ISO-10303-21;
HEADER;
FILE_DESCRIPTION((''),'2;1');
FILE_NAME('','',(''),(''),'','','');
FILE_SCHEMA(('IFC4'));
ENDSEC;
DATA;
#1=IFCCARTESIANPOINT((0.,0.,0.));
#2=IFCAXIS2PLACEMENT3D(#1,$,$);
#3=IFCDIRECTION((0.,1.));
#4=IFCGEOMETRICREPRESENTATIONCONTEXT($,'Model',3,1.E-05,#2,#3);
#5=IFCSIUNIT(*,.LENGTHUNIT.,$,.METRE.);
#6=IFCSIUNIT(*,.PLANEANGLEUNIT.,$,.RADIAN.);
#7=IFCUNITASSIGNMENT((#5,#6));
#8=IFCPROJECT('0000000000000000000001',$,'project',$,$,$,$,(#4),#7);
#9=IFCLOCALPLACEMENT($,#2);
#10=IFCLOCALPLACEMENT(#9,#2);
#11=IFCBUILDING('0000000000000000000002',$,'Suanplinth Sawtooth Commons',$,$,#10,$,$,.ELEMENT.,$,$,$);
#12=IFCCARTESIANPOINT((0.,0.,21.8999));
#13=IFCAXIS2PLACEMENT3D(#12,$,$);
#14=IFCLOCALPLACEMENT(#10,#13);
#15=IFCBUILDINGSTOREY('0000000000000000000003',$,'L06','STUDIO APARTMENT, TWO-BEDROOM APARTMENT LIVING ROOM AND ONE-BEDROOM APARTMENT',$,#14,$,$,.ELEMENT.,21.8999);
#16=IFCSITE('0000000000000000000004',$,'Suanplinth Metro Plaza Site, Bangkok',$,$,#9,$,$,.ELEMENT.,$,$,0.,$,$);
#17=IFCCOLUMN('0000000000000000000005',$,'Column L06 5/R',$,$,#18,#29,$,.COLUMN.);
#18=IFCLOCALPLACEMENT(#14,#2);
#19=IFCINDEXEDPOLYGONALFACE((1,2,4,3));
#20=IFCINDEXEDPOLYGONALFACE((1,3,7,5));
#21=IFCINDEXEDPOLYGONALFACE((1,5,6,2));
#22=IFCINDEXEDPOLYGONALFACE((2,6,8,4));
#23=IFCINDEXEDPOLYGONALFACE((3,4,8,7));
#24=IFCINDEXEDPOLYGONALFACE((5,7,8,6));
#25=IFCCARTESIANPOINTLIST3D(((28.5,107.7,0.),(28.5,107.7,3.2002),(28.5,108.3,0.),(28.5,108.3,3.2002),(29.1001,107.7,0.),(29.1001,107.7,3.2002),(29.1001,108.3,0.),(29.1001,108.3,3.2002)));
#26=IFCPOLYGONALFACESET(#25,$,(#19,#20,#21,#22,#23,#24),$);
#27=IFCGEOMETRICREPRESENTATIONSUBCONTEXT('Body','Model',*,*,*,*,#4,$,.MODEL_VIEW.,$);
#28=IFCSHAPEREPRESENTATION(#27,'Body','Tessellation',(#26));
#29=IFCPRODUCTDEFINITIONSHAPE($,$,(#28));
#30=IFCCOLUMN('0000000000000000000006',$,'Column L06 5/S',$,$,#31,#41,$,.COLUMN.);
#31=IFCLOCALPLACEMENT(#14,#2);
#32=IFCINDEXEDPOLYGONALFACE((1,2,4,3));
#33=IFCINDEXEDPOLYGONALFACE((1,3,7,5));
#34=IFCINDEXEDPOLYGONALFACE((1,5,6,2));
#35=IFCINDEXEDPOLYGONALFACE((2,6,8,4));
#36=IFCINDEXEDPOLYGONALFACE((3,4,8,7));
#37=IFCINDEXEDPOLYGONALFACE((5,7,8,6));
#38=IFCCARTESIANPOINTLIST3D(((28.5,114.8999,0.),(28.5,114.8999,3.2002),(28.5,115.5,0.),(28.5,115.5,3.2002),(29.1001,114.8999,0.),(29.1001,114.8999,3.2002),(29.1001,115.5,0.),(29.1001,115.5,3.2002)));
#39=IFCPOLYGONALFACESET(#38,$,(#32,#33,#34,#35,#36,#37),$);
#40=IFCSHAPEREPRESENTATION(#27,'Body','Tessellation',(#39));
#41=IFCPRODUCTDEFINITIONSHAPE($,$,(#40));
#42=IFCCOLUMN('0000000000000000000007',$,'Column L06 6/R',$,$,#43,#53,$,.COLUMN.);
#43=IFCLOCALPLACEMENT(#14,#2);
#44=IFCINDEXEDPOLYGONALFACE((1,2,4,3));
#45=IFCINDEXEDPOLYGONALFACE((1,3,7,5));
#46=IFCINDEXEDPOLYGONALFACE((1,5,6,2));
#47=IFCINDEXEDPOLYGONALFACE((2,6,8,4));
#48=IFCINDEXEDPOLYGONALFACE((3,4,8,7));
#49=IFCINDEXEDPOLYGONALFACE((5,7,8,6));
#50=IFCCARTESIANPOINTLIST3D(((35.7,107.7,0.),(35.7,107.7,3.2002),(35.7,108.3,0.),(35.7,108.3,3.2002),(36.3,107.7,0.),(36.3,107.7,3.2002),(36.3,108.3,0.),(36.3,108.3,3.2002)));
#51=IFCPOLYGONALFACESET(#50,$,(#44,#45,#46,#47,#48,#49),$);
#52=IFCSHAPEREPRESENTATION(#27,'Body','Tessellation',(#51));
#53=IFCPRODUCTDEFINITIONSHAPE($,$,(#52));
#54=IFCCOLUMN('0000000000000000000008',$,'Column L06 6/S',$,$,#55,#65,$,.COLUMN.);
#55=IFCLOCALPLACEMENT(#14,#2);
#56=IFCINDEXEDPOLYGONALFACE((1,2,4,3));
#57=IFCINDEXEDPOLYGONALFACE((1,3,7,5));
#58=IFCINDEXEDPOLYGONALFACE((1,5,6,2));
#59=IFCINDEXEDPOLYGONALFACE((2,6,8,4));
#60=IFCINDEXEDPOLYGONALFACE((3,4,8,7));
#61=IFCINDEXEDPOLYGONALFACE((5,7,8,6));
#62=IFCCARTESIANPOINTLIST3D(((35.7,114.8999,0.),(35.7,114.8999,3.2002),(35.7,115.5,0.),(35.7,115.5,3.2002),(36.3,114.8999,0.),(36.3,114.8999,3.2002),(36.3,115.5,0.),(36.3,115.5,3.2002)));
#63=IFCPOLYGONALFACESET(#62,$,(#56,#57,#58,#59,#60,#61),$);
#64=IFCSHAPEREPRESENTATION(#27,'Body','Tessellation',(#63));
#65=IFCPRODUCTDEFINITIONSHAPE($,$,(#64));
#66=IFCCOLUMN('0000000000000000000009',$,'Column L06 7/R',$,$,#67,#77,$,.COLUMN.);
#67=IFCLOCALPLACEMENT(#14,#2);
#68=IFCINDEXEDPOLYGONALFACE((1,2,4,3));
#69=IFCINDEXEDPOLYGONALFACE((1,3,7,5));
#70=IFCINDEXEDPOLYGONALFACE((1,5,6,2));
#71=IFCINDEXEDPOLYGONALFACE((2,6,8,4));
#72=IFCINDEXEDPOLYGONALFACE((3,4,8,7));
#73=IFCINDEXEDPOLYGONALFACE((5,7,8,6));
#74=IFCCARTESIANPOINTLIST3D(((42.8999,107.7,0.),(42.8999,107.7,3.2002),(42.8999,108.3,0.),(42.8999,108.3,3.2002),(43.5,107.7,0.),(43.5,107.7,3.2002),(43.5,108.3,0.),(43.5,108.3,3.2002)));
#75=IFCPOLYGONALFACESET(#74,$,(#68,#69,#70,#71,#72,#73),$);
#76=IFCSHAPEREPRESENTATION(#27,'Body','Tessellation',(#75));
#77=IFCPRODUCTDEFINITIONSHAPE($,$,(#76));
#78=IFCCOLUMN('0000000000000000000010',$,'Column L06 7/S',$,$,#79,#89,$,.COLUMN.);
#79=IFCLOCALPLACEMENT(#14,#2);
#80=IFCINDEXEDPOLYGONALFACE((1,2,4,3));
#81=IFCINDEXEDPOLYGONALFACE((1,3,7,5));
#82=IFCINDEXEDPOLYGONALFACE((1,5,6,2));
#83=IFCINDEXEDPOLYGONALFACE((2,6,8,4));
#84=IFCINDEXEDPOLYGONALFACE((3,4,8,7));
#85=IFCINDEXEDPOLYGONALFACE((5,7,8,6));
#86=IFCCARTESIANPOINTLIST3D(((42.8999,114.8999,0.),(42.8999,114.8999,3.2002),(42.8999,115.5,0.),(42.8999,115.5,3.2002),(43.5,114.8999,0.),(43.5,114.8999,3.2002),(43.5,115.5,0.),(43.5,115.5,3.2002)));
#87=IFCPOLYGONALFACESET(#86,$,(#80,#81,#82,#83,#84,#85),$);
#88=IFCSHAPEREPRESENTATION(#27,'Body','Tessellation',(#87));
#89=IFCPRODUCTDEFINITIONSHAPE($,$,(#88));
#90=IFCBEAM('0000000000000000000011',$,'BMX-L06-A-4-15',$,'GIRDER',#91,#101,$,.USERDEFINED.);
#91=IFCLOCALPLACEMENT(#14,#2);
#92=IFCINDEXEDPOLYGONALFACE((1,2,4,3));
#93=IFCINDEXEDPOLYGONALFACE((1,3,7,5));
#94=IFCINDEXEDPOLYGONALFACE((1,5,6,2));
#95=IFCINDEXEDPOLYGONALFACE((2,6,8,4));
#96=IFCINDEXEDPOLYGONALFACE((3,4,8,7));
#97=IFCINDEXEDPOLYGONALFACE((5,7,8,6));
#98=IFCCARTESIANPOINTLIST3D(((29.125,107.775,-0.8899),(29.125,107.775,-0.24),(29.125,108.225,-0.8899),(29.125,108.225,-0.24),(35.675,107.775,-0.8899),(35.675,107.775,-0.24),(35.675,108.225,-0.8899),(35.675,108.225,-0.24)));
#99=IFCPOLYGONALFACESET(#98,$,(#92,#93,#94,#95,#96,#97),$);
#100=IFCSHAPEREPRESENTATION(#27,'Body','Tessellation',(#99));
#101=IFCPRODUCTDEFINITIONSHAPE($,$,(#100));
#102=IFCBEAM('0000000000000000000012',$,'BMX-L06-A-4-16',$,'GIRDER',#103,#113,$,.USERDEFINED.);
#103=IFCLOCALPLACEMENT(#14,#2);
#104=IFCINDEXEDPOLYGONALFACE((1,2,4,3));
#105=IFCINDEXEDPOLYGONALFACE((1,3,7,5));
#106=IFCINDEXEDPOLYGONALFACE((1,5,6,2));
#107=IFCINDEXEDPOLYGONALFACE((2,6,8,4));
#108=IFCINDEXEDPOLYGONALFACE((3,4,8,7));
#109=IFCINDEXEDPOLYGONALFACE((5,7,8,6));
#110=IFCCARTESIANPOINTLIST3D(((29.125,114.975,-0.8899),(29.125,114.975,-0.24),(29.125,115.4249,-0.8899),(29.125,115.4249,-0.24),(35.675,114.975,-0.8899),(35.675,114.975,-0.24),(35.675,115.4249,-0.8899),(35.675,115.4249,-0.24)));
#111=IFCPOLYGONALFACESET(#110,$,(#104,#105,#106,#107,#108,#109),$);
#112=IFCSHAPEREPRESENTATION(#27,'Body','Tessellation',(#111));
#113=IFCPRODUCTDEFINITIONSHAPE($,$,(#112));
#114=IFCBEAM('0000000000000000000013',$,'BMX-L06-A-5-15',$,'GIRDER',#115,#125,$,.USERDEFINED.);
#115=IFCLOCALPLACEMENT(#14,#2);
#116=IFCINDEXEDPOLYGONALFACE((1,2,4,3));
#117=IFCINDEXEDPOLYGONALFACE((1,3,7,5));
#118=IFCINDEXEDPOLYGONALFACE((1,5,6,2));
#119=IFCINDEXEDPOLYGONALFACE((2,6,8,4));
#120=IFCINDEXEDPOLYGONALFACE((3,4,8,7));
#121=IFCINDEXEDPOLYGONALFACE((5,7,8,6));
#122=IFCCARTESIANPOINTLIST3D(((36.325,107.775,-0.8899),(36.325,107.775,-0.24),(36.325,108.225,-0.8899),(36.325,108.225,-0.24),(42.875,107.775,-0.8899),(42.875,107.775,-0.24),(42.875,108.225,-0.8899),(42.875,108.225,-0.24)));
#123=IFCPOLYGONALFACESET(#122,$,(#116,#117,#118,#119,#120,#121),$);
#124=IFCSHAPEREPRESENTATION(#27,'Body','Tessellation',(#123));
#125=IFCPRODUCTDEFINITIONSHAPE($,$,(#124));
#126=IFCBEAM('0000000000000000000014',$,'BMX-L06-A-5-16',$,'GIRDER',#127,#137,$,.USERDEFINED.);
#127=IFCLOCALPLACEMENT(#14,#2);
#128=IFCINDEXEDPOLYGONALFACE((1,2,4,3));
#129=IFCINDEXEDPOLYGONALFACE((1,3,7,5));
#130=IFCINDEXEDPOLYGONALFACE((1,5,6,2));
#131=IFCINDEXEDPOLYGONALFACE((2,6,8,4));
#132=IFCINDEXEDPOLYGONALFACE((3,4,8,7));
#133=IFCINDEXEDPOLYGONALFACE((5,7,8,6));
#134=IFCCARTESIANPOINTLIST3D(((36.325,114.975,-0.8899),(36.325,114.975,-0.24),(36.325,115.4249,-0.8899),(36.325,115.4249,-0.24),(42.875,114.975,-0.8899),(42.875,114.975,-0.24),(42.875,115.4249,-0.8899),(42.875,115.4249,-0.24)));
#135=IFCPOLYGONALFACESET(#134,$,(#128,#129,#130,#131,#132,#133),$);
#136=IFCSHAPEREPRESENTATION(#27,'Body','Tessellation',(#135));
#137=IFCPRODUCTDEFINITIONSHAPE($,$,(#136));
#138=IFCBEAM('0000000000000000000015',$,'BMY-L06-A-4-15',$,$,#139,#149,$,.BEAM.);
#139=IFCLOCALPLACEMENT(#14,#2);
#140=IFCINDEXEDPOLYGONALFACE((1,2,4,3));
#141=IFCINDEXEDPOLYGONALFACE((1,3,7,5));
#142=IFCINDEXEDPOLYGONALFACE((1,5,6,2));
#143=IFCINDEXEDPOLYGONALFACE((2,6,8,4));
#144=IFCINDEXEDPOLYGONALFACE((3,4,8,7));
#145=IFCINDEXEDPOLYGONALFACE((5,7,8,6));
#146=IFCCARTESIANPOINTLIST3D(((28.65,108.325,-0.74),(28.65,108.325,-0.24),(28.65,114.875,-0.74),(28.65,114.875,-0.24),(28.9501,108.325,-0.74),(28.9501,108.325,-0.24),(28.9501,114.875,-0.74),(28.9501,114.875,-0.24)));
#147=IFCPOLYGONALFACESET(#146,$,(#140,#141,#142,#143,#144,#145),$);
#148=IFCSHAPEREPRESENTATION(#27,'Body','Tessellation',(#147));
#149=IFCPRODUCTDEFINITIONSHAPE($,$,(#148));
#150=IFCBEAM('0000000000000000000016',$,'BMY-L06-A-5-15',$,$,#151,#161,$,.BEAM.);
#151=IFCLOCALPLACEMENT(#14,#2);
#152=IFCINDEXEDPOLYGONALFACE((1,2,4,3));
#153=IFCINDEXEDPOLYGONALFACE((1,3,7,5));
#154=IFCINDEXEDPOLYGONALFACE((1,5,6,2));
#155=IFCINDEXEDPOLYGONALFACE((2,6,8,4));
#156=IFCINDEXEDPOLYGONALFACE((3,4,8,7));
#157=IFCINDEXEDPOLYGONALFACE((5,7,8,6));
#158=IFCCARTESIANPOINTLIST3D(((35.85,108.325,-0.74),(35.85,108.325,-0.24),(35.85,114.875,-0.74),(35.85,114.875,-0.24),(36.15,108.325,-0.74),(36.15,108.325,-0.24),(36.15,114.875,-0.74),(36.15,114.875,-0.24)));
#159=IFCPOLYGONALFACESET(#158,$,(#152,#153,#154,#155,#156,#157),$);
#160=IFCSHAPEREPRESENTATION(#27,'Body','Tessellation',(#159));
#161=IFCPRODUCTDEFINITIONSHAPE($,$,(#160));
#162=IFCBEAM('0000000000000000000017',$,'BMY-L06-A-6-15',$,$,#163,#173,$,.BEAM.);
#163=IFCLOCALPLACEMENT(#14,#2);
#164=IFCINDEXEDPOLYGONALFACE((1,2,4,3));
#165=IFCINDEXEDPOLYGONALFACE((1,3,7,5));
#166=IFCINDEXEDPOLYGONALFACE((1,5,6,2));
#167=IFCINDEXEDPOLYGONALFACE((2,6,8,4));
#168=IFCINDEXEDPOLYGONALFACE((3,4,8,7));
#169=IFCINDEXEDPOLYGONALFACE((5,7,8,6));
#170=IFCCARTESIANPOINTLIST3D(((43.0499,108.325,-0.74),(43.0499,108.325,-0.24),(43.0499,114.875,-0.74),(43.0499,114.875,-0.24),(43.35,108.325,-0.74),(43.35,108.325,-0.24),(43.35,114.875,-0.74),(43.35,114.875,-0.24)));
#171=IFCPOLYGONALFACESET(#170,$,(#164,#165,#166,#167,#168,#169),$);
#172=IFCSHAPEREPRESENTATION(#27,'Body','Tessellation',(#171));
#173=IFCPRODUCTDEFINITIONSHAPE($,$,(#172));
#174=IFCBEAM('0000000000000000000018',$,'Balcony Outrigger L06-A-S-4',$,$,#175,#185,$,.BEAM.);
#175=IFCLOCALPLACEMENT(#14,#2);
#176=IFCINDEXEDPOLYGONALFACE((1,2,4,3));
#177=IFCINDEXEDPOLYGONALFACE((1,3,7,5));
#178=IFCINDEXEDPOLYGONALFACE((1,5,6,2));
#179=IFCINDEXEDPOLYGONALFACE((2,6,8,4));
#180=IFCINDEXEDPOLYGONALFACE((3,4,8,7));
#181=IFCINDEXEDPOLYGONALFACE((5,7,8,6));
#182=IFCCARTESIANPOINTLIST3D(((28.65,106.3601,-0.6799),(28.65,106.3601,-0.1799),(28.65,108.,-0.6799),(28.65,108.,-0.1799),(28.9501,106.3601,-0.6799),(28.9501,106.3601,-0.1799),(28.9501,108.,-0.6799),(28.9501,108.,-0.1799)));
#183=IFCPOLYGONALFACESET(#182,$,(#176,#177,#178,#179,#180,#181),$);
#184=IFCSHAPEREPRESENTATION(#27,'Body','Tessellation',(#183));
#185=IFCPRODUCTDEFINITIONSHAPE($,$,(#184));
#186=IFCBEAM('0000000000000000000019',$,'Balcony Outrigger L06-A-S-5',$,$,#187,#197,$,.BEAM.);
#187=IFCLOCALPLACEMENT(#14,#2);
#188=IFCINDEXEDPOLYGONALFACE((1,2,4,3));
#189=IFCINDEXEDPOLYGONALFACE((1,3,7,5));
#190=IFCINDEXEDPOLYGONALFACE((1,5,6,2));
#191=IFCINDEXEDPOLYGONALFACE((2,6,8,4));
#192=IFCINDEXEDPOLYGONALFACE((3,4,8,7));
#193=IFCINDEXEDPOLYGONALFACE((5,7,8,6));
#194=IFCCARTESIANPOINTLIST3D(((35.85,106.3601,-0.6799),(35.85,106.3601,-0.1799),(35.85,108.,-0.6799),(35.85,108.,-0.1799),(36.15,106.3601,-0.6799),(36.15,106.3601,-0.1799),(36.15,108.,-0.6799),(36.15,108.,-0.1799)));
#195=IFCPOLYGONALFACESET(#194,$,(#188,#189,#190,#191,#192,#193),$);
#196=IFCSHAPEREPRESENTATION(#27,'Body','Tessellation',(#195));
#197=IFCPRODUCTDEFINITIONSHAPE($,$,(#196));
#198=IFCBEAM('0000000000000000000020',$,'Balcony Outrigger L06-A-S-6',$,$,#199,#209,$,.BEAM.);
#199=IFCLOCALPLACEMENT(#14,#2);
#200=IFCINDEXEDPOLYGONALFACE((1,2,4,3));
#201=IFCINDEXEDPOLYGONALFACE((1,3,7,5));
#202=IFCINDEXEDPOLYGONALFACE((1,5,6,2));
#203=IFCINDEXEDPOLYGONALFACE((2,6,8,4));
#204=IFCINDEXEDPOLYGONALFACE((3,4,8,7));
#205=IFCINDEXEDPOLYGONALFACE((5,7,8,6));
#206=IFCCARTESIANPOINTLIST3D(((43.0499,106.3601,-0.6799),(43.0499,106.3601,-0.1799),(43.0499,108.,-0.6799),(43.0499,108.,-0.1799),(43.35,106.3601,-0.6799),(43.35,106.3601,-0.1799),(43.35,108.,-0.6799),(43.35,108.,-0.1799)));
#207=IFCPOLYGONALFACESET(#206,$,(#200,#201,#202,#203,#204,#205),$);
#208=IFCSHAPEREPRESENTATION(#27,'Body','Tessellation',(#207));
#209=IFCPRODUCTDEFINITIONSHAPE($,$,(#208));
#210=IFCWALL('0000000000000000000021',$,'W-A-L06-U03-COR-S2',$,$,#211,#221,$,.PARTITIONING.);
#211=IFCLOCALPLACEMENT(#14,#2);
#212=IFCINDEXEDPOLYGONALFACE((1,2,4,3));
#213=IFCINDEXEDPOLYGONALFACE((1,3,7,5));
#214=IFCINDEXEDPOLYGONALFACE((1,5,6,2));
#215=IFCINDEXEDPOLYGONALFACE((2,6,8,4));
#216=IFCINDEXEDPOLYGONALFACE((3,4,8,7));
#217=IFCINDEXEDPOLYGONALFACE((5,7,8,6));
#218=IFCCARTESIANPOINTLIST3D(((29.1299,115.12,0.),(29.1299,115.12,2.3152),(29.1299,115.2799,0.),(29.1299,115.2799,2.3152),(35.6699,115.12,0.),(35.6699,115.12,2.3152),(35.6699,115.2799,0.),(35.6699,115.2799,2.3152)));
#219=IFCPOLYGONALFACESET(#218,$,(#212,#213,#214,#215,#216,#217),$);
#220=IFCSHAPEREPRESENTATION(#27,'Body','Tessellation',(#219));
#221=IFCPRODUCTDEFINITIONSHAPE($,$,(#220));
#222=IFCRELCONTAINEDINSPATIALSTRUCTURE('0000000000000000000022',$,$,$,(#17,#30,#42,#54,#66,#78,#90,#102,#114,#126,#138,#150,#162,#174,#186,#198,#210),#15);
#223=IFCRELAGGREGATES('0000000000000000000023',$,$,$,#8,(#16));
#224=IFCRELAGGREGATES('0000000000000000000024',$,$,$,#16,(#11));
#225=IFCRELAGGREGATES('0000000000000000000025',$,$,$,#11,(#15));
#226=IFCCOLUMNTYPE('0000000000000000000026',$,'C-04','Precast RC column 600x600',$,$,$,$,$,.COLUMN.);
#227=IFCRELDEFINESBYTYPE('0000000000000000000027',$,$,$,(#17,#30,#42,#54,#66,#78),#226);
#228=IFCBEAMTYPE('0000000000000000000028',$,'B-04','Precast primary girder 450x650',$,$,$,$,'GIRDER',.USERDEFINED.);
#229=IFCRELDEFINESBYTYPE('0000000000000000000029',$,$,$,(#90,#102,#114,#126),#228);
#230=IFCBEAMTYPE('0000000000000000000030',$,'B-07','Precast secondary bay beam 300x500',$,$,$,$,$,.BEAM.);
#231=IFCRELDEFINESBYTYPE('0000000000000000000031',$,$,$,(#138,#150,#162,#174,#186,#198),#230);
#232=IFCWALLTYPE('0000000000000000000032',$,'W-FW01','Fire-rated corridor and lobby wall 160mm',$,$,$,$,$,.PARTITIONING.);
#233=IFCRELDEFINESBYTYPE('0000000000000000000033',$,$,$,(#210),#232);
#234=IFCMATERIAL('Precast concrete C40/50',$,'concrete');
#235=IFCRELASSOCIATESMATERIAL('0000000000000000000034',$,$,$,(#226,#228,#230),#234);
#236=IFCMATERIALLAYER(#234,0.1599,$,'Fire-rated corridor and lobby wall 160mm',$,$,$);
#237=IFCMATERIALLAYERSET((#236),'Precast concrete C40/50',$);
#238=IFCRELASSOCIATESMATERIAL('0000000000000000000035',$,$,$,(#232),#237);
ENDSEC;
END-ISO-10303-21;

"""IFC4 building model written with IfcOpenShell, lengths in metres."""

from ifc_helpers import new_model, si_unit, direction, frame, frame_2d, origin, origin_2d, place, context, subcontext, project, spatial, rectangle, extrude, material, layer, layer_set, material_profile, profile_set, type_object, element, save


model = new_model("IFC4")

# Units and contexts
model_context = context("Model", 3, precision=1e-05, world=origin(), true_north=direction((0.0, 1.0)))
body_context = subcontext(model_context, "Body", "Model", "MODEL_VIEW")
ifc_project = project(units=[si_unit("LENGTHUNIT", "METRE"), si_unit("PLANEANGLEUNIT", "RADIAN")], contexts=[model_context])

# Site, building, storey
site_placement = place(None, origin())
site = spatial("IfcSite", under=ifc_project, at=site_placement, Name="Suanplinth Metro Plaza Site, Bangkok", CompositionType="ELEMENT", RefElevation=0.0)
building_placement = place(site_placement, origin())
building = spatial("IfcBuilding", under=site, at=building_placement, Name="Suanplinth Sawtooth Commons", CompositionType="ELEMENT")
storey_placement = place(building_placement, frame((0.0, 0.0, 21.8999)))
storey = spatial("IfcBuildingStorey", under=building, at=storey_placement, Name="L06", Description="STUDIO APARTMENT, TWO-BEDROOM APARTMENT LIVING ROOM AND ONE-BEDROOM APARTMENT", CompositionType="ELEMENT", Elevation=21.8999)

# Columns
ifc_material_1 = material(Name="Precast concrete C40/50", Category="concrete")
ifc_material_profile_1 = material_profile(ifc_material_1, rectangle(XDim=0.6001, YDim=0.6001, at=origin_2d()), Name="PC-COL 600x600")
ifc_profile_set_1 = profile_set([ifc_material_profile_1], Name="Precast concrete C40/50")
column_type = type_object("IfcColumnType", Name="C-04", Description="Precast RC column 600x600", PredefinedType="COLUMN", material=ifc_profile_set_1)
for number, where, z_axis, x_axis, name in (
    (1, (28.8, 108.0, 0.0), (0.0, 0.0, 1.0), (1.0, 0.0, 0.0), "Column L06 5/R"),
    (2, (28.8, 115.2, 0.0), (0.0, 0.0, 1.0), (1.0, 0.0, 0.0), "Column L06 5/S"),
    (3, (36.0, 108.0, 0.0), (0.0, 0.0, 1.0), (1.0, 0.0, 0.0), "Column L06 6/R"),
    (4, (36.0, 115.2, 0.0), (0.0, 0.0, 1.0), (1.0, 0.0, 0.0), "Column L06 6/S"),
    (5, (43.2, 108.0, 0.0), (0.0, 0.0, 1.0), (1.0, 0.0, 0.0), "Column L06 7/R"),
    (6, (43.2, 115.2, 0.0), (0.0, 0.0, 1.0), (1.0, 0.0, 0.0), "Column L06 7/S"),
):
    element("IfcColumn", number, at=place(storey_placement, frame(where, z_axis=z_axis, x_axis=x_axis)), inside=storey, type_object=column_type, Name=name, PredefinedType="COLUMN", context=body_context, shape_type="SweptSolid", body=[
        extrude(rectangle(XDim=0.6001, YDim=0.6001, at=origin_2d()), origin(), (0.0, 0.0, 1.0), 3.2002),
    ])

# Beams
ifc_material_profile_2 = material_profile(ifc_material_1, rectangle(XDim=0.45, YDim=0.6499, at=origin_2d()), Name="PC-GDR 450x650")
ifc_profile_set_2 = profile_set([ifc_material_profile_2], Name="Precast concrete C40/50")
beam_type_1 = type_object("IfcBeamType", Name="B-04", Description="Precast primary girder 450x650", ElementType="GIRDER", PredefinedType="USERDEFINED", material=ifc_profile_set_2)
for number, where, z_axis, x_axis, name in (
    (7, (29.125, 108.0, -0.5649), (1.0, 0.0, 0.0), (0.0, 1.0, 0.0), "BMX-L06-A-4-15"),
    (8, (29.125, 115.2, -0.5649), (1.0, 0.0, 0.0), (0.0, 1.0, 0.0), "BMX-L06-A-4-16"),
    (9, (36.325, 108.0, -0.5649), (1.0, 0.0, 0.0), (0.0, 1.0, 0.0), "BMX-L06-A-5-15"),
    (10, (36.325, 115.2, -0.5649), (1.0, 0.0, 0.0), (0.0, 1.0, 0.0), "BMX-L06-A-5-16"),
):
    element("IfcBeam", number, at=place(storey_placement, frame(where, z_axis=z_axis, x_axis=x_axis)), inside=storey, type_object=beam_type_1, Name=name, ObjectType="GIRDER", PredefinedType="USERDEFINED", context=body_context, shape_type="SweptSolid", body=[
        extrude(rectangle(XDim=0.45, YDim=0.6499, at=origin_2d()), origin(), (0.0, 0.0, 1.0), 6.55),
    ])
ifc_material_profile_3 = material_profile(ifc_material_1, rectangle(XDim=0.3, YDim=0.5, at=origin_2d()), Name="PC-BM 300x500")
ifc_profile_set_3 = profile_set([ifc_material_profile_3], Name="Precast concrete C40/50")
beam_type_2 = type_object("IfcBeamType", Name="B-07", Description="Precast secondary bay beam 300x500", PredefinedType="BEAM", material=ifc_profile_set_3)
for number, where, z_axis, x_axis, name in (
    (11, (28.8, 108.325, -0.49), (0.0, 1.0, 0.0), (-1.0, 0.0, 0.0), "BMY-L06-A-4-15"),
    (12, (36.0, 108.325, -0.49), (0.0, 1.0, 0.0), (-1.0, 0.0, 0.0), "BMY-L06-A-5-15"),
    (13, (43.2, 108.325, -0.49), (0.0, 1.0, 0.0), (-1.0, 0.0, 0.0), "BMY-L06-A-6-15"),
):
    element("IfcBeam", number, at=place(storey_placement, frame(where, z_axis=z_axis, x_axis=x_axis)), inside=storey, type_object=beam_type_2, Name=name, PredefinedType="BEAM", context=body_context, shape_type="SweptSolid", body=[
        extrude(rectangle(XDim=0.3, YDim=0.5, at=origin_2d()), origin(), (0.0, 0.0, 1.0), 6.55),
    ])
for number, where, z_axis, x_axis, name in (
    (14, (28.8, 108.0, -0.4299), (0.0, -1.0, 0.0), (1.0, 0.0, 0.0), "Balcony Outrigger L06-A-S-4"),
    (15, (36.0, 108.0, -0.4299), (0.0, -1.0, 0.0), (1.0, 0.0, 0.0), "Balcony Outrigger L06-A-S-5"),
    (16, (43.2, 108.0, -0.4299), (0.0, -1.0, 0.0), (1.0, 0.0, 0.0), "Balcony Outrigger L06-A-S-6"),
):
    element("IfcBeam", number, at=place(storey_placement, frame(where, z_axis=z_axis, x_axis=x_axis)), inside=storey, type_object=beam_type_2, Name=name, PredefinedType="BEAM", context=body_context, shape_type="SweptSolid", body=[
        extrude(rectangle(XDim=0.3, YDim=0.5, at=origin_2d()), origin(), (0.0, 0.0, 1.0), 1.6399),
    ])

# Wall
ifc_layer_1 = layer(ifc_material_1, 0.1599, Name="Fire-rated corridor and lobby wall 160mm")
ifc_layer_set_1 = layer_set([ifc_layer_1], Name="Precast concrete C40/50")
wall_type_1 = type_object("IfcWallType", Name="W-FW01", Description="Fire-rated corridor and lobby wall 160mm", PredefinedType="PARTITIONING", material=ifc_layer_set_1)
wall_1_placement = place(storey_placement, frame((29.1299, 115.2, 0.0), z_axis=(0.0, 0.0, 1.0), x_axis=(1.0, 0.0, 0.0)))
element("IfcWall", 17, at=wall_1_placement, inside=storey, type_object=wall_type_1, Name="W-A-L06-U03-COR-S2", PredefinedType="PARTITIONING", context=body_context, shape_type="SweptSolid", body=[
    extrude(rectangle(XDim=6.54, YDim=0.1599, at=frame_2d((3.27, 0.0))), origin(), (0.0, 0.0, 1.0), 2.3152),
])

save(model, "model.ifc")
